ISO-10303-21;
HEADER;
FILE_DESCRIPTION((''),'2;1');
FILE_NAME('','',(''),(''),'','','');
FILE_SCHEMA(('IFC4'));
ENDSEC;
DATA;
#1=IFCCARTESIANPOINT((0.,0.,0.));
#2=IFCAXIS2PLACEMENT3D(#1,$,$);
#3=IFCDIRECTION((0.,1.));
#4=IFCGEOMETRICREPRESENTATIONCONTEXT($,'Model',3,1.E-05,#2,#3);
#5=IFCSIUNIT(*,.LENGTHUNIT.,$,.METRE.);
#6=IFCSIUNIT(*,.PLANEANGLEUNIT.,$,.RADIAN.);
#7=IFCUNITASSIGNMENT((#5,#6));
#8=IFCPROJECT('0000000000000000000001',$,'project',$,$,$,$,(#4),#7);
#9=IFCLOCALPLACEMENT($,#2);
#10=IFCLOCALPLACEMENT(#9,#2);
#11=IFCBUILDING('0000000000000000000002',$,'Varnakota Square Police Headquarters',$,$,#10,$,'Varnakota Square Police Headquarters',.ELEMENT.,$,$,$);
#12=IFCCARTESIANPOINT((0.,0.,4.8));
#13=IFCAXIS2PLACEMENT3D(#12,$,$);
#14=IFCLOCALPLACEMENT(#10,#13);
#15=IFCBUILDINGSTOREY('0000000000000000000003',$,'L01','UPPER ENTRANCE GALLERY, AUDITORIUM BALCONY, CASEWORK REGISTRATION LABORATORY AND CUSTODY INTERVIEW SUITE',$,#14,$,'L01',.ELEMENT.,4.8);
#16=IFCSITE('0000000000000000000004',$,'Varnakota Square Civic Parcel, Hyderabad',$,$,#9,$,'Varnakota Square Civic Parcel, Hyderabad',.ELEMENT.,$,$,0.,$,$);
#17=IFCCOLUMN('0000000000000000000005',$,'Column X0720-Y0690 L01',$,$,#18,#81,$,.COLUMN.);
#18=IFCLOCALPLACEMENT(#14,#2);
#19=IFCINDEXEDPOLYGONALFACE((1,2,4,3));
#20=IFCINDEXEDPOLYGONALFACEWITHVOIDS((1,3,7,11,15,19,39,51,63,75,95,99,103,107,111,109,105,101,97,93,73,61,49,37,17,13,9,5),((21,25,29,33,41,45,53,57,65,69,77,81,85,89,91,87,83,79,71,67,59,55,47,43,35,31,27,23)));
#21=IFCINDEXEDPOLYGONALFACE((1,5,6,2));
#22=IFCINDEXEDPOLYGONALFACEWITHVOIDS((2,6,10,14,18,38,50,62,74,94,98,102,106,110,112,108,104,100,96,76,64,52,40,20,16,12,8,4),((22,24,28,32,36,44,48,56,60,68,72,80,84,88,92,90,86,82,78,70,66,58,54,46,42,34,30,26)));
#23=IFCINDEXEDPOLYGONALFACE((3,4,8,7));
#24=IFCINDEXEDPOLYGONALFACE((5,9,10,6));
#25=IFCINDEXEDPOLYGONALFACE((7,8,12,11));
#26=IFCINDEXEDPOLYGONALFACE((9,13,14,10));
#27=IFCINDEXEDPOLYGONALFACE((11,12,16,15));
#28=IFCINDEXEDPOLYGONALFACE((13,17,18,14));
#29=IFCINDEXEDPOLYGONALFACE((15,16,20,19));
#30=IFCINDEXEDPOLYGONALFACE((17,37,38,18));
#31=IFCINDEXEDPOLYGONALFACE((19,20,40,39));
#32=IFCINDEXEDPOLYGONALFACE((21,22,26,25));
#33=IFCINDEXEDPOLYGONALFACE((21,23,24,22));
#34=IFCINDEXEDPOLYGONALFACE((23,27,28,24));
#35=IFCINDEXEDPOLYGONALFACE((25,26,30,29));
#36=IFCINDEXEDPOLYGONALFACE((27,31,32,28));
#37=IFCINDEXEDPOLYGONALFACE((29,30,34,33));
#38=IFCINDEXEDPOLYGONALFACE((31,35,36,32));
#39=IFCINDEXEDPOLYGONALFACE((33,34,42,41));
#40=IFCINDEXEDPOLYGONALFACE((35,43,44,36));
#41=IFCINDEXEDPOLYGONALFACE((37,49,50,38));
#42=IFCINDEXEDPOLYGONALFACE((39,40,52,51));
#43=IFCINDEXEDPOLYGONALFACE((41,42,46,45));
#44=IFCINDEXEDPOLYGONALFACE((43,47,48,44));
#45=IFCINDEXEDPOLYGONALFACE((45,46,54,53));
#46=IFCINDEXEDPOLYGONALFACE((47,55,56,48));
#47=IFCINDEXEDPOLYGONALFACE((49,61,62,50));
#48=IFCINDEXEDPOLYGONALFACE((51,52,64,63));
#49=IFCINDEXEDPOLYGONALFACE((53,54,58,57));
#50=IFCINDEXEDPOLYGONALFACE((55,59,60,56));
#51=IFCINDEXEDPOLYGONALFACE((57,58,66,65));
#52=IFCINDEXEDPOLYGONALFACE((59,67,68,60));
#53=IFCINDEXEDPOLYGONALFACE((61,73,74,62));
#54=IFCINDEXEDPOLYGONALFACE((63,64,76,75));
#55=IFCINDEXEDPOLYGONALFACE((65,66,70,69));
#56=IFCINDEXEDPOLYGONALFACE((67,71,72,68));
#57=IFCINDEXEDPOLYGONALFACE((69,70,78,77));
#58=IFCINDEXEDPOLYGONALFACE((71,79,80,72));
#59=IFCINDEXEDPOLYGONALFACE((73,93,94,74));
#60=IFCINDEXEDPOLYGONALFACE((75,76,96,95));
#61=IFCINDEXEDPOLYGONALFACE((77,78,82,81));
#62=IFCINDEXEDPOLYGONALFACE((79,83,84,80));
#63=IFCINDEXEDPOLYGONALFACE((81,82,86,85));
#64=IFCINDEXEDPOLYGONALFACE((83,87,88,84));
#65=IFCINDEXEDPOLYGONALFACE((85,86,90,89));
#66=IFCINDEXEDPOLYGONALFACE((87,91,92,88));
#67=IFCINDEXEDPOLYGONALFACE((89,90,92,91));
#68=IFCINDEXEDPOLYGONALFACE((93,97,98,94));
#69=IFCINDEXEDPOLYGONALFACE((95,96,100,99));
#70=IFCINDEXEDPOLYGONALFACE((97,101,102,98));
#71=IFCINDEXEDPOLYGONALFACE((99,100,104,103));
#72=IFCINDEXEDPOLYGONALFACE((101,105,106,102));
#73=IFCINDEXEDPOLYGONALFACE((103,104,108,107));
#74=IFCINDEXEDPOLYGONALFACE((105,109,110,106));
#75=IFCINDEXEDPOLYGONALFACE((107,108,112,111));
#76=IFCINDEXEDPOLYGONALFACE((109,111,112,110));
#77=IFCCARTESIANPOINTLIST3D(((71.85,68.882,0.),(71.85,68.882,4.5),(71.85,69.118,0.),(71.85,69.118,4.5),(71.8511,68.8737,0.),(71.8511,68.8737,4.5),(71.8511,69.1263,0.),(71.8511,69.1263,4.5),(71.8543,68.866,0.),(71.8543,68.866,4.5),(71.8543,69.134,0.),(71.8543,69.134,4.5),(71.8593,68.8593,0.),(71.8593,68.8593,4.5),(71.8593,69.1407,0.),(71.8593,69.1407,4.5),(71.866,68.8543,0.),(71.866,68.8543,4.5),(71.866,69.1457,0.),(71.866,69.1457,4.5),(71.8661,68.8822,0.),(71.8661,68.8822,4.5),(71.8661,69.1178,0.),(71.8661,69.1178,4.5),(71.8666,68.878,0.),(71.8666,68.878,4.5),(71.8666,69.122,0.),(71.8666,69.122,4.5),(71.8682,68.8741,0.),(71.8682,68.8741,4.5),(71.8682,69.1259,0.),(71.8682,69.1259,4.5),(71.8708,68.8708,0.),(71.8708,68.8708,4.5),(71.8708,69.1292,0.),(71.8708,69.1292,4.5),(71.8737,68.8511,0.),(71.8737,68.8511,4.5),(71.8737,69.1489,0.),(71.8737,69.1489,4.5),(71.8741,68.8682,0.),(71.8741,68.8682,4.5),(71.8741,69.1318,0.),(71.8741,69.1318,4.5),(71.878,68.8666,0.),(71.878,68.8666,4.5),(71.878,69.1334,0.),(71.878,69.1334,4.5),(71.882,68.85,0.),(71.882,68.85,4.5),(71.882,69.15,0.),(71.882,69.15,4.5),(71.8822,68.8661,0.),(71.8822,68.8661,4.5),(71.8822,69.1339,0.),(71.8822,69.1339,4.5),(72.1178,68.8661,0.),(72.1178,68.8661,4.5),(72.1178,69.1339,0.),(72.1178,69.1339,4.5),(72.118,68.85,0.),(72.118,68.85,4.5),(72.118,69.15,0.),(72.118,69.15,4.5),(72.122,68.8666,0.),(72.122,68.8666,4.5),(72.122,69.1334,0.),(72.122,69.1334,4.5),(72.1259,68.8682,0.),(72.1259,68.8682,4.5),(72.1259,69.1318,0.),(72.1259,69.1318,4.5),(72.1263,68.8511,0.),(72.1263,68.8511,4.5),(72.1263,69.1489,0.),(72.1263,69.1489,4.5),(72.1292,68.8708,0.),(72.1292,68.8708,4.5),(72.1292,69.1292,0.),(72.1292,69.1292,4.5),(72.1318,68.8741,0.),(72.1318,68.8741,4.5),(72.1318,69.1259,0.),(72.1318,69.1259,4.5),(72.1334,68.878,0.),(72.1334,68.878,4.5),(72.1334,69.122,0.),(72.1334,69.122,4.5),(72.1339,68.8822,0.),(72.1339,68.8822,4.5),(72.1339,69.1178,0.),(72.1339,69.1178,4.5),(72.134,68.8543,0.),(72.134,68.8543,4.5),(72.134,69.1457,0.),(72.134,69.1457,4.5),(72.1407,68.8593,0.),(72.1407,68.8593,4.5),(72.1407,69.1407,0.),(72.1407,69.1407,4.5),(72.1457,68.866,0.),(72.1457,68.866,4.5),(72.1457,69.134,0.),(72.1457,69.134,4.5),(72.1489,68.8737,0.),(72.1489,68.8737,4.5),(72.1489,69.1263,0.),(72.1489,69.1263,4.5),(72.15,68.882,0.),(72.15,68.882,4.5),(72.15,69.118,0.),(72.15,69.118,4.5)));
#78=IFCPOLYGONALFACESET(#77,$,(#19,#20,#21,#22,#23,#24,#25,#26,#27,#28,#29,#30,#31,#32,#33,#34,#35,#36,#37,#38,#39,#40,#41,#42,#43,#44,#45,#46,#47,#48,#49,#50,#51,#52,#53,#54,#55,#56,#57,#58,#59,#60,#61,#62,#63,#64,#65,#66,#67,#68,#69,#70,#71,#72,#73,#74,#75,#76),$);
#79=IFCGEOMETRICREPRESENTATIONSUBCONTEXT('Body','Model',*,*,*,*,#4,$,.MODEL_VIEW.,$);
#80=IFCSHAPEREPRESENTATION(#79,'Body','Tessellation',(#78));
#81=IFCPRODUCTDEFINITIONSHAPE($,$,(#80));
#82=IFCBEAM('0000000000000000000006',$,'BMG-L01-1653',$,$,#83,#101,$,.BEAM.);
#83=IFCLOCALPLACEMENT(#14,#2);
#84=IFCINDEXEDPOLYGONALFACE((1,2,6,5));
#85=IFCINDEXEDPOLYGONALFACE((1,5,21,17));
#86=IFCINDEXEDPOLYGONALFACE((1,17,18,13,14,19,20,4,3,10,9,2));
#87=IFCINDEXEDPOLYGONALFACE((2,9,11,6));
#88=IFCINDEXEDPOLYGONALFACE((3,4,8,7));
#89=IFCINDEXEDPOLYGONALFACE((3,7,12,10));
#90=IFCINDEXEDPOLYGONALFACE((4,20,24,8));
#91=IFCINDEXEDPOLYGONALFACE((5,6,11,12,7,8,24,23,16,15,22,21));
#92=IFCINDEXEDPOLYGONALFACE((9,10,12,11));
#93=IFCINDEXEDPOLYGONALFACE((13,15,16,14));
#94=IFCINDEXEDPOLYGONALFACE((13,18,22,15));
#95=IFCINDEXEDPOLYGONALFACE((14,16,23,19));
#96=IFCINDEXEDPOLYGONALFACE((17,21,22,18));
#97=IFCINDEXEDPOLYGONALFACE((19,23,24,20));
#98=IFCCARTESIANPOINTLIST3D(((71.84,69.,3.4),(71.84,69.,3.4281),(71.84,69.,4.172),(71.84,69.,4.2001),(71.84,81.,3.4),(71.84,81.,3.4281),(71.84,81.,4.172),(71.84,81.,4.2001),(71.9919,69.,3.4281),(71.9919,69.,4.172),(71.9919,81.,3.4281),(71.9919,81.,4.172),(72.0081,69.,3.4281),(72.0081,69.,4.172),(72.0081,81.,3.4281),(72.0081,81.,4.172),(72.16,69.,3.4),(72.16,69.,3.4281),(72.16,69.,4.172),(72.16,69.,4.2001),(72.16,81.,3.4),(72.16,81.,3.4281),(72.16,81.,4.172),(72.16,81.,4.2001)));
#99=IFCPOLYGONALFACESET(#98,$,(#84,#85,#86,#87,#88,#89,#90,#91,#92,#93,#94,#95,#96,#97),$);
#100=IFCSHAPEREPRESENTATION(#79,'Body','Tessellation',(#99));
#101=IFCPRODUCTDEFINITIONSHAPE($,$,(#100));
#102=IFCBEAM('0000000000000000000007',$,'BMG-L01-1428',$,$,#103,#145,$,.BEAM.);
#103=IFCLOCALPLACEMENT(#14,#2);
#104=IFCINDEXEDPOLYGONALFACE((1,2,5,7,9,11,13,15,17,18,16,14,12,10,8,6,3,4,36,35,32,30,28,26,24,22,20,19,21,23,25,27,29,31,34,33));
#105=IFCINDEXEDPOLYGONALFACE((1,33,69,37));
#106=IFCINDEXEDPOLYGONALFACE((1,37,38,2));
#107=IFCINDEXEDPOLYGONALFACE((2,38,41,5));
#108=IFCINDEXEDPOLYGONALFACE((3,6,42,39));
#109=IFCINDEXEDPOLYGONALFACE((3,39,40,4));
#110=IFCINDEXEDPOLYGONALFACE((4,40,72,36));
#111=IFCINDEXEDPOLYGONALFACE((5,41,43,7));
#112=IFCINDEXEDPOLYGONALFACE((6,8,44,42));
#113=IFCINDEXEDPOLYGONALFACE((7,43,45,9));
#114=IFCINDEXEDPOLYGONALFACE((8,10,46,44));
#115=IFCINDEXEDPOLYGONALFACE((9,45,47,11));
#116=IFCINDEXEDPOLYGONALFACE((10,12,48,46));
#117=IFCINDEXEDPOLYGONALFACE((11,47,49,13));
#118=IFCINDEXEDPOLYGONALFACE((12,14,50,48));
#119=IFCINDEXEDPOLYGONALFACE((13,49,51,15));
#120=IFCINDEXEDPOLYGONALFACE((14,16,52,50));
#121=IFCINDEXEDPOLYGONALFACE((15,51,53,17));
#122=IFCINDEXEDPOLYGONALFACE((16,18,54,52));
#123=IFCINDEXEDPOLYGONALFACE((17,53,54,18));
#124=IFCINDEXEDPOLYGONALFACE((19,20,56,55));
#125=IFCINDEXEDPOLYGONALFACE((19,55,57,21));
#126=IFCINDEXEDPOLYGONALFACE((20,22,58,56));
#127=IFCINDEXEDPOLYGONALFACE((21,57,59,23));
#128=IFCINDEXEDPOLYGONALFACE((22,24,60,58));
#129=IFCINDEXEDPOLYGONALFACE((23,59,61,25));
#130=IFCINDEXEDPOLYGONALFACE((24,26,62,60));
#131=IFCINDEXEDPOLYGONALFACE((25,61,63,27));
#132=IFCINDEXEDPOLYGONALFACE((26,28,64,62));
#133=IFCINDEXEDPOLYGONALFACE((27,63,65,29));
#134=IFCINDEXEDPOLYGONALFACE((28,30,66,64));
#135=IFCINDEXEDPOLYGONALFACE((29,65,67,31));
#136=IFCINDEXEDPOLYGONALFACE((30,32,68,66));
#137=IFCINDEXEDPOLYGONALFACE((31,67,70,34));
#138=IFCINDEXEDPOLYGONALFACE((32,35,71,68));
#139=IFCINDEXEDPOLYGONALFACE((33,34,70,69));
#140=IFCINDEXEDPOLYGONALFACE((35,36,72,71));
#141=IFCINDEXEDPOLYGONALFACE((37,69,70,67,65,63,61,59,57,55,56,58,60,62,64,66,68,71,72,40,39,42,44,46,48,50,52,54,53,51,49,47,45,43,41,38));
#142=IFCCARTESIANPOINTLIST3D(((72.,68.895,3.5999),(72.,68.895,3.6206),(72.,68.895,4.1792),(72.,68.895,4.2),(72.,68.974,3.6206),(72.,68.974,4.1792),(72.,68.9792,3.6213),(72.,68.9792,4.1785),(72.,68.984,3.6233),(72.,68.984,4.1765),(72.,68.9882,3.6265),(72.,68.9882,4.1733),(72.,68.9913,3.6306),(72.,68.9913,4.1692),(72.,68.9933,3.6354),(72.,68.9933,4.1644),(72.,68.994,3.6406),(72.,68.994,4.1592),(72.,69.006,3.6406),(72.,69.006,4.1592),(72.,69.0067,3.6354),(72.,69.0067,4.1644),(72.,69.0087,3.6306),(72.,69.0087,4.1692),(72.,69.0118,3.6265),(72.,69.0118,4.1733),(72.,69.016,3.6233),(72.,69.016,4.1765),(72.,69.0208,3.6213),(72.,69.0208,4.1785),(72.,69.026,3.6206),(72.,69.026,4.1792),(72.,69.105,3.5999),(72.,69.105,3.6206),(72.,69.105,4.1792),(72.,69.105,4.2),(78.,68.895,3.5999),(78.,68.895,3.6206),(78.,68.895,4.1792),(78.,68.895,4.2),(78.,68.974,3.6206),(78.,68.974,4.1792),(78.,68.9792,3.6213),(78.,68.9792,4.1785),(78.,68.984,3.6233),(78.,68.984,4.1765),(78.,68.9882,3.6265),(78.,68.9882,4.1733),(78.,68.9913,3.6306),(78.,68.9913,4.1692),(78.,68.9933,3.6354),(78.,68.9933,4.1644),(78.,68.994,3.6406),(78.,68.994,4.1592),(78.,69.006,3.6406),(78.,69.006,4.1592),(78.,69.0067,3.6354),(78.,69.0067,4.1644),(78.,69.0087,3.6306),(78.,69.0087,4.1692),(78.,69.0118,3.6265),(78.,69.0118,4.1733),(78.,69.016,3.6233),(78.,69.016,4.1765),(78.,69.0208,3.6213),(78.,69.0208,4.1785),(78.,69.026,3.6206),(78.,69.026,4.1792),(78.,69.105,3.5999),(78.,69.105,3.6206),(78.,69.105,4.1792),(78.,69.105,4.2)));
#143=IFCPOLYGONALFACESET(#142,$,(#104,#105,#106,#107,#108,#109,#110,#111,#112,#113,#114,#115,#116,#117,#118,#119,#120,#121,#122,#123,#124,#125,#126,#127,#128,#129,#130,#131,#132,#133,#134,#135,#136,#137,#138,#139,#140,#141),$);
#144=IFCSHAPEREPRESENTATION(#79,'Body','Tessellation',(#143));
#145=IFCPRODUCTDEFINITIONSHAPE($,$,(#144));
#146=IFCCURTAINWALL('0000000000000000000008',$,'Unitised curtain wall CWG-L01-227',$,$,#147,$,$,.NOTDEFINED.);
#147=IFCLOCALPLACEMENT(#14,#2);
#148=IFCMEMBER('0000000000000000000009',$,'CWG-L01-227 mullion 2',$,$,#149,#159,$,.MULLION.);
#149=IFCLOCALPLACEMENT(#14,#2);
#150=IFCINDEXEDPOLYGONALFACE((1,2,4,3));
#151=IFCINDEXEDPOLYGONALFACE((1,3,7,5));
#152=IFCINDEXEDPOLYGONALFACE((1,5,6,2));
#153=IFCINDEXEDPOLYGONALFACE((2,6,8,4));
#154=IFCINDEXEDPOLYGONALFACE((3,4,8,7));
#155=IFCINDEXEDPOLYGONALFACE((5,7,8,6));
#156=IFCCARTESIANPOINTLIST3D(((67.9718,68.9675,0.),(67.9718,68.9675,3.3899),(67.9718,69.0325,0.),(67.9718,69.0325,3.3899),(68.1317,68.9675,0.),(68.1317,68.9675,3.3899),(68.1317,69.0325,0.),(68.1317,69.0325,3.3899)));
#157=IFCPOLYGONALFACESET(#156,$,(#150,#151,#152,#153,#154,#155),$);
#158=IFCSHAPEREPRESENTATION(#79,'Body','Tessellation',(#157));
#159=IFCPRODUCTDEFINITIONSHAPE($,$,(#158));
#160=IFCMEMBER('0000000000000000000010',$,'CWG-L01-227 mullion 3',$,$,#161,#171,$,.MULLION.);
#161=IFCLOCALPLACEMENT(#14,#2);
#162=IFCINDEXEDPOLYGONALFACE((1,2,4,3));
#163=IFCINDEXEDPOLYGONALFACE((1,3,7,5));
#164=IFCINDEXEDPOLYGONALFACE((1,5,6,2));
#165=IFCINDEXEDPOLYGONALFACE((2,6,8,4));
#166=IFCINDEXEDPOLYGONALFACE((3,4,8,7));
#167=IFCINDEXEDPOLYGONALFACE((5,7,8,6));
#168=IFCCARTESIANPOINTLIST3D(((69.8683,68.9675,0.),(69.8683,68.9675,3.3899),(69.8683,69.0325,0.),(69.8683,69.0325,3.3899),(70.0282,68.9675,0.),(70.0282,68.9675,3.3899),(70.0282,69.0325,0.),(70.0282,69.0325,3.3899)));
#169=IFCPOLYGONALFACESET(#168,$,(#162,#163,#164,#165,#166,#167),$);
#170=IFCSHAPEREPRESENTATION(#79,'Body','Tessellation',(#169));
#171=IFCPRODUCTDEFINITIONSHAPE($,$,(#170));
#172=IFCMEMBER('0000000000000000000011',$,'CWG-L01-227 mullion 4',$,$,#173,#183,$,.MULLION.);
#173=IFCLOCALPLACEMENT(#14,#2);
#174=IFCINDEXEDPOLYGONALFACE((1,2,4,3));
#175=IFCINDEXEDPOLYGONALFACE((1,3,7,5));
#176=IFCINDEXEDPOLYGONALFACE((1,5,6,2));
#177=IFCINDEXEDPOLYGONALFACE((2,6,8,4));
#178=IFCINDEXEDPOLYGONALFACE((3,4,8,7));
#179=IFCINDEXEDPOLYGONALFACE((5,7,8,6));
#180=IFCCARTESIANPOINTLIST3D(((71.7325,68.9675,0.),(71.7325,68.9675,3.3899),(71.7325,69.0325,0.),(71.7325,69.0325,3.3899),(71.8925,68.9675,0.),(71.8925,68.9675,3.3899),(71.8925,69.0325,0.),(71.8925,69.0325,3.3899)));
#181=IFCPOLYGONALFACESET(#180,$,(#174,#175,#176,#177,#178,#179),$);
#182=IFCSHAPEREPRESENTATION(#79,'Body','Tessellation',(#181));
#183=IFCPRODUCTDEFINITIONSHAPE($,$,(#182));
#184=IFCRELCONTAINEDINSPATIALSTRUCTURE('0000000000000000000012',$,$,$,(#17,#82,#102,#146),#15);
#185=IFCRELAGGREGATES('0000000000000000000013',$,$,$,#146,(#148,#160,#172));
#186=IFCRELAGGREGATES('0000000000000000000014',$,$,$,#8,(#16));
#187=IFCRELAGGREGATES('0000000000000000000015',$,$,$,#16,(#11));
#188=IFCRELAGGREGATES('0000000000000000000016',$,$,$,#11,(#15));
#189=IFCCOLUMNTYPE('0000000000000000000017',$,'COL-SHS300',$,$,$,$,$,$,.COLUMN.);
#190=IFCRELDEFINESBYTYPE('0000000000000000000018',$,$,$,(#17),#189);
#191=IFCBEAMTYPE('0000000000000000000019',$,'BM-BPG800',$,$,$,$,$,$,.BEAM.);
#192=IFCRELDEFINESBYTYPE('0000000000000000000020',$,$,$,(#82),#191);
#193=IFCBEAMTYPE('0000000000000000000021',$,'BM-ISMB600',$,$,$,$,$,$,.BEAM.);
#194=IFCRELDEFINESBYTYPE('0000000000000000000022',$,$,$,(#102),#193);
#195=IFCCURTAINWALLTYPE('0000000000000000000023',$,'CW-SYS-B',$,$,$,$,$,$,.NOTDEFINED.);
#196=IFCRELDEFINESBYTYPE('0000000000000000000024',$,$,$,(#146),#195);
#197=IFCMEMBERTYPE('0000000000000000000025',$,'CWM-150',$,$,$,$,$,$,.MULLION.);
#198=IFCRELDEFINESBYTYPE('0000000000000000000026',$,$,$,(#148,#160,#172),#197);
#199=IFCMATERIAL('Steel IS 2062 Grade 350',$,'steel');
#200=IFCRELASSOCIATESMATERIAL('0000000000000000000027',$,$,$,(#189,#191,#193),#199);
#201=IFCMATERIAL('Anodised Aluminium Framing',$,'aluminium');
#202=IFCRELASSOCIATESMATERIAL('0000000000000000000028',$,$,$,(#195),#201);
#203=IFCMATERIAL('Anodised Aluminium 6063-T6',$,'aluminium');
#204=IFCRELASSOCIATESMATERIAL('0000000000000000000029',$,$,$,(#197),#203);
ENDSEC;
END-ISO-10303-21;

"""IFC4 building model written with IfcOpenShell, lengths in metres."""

from ifc_helpers import new_model, si_unit, direction, frame, origin, origin_2d, place, context, subcontext, project, spatial, rectangle, hollow_rectangle, i_section, extrude, material, material_profile, profile_set, type_object, element, aggregate, save


model = new_model("IFC4")

# Units and contexts
model_context = context("Model", 3, precision=1e-05, world=origin(), true_north=direction((0.0, 1.0)))
body_context = subcontext(model_context, "Body", "Model", "MODEL_VIEW")
ifc_project = project(units=[si_unit("LENGTHUNIT", "METRE"), si_unit("PLANEANGLEUNIT", "RADIAN")], contexts=[model_context])

# Site, building, storey
site_placement = place(None, origin())
site = spatial("IfcSite", under=ifc_project, at=site_placement, Name="Varnakota Square Civic Parcel, Hyderabad", LongName="Varnakota Square Civic Parcel, Hyderabad", CompositionType="ELEMENT", RefElevation=0.0)
building_placement = place(site_placement, origin())
building = spatial("IfcBuilding", under=site, at=building_placement, Name="Varnakota Square Police Headquarters", LongName="Varnakota Square Police Headquarters", CompositionType="ELEMENT")
storey_placement = place(building_placement, frame((0.0, 0.0, 4.8)))
storey = spatial("IfcBuildingStorey", under=building, at=storey_placement, Name="L01", Description="UPPER ENTRANCE GALLERY, AUDITORIUM BALCONY, CASEWORK REGISTRATION LABORATORY AND CUSTODY INTERVIEW SUITE", LongName="L01", CompositionType="ELEMENT", Elevation=4.8)

# Column
ifc_material_1 = material(Name="Steel IS 2062 Grade 350", Category="steel")
ifc_material_profile_1 = material_profile(ifc_material_1, hollow_rectangle(XDim=0.3, YDim=0.3, WallThickness=0.0161, InnerFilletRadius=0.0161, OuterFilletRadius=0.032, at=origin_2d()), Name="SHS 300x300x16")
ifc_profile_set_1 = profile_set([ifc_material_profile_1], Name="Steel IS 2062 Grade 350")
column_type = type_object("IfcColumnType", Name="COL-SHS300", PredefinedType="COLUMN", material=ifc_profile_set_1)
column_placement = place(storey_placement, frame((72.0, 69.0, 0.0), z_axis=(0.0, 0.0, 1.0), x_axis=(1.0, 0.0, 0.0)))
element("IfcColumn", 1, at=column_placement, inside=storey, type_object=column_type, Name="Column X0720-Y0690 L01", PredefinedType="COLUMN", context=body_context, shape_type="SweptSolid", body=[
    extrude(hollow_rectangle(XDim=0.3, YDim=0.3, WallThickness=0.0161, InnerFilletRadius=0.0161, OuterFilletRadius=0.032, at=origin_2d()), origin(), (0.0, 0.0, 1.0), 4.5),
])

# Beams
ifc_material_profile_2 = material_profile(ifc_material_1, i_section(OverallWidth=0.3201, OverallDepth=0.8, WebThickness=0.0161, FlangeThickness=0.0281, at=origin_2d()), Name="BPG 800x320")
ifc_profile_set_2 = profile_set([ifc_material_profile_2], Name="Steel IS 2062 Grade 350")
beam_type_1 = type_object("IfcBeamType", Name="BM-BPG800", PredefinedType="BEAM", material=ifc_profile_set_2)
beam_1_placement = place(storey_placement, frame((72.0, 69.0, 3.8), z_axis=(0.0, 1.0, 0.0), x_axis=(-1.0, 0.0, 0.0)))
element("IfcBeam", 2, at=beam_1_placement, inside=storey, type_object=beam_type_1, Name="BMG-L01-1653", PredefinedType="BEAM", context=body_context, shape_type="SweptSolid", body=[
    extrude(i_section(OverallWidth=0.3201, OverallDepth=0.8, WebThickness=0.0161, FlangeThickness=0.0281, at=origin_2d()), origin(), (0.0, 0.0, 1.0), 12.0),
])
ifc_material_profile_3 = material_profile(ifc_material_1, i_section(OverallWidth=0.21, OverallDepth=0.6001, WebThickness=0.012, FlangeThickness=0.0208, FilletRadius=0.02, at=origin_2d()), Name="ISMB 600")
ifc_profile_set_3 = profile_set([ifc_material_profile_3], Name="Steel IS 2062 Grade 350")
beam_type_2 = type_object("IfcBeamType", Name="BM-ISMB600", PredefinedType="BEAM", material=ifc_profile_set_3)
beam_2_placement = place(storey_placement, frame((72.0, 69.0, 3.8999), z_axis=(1.0, 0.0, 0.0), x_axis=(0.0, 1.0, 0.0)))
element("IfcBeam", 3, at=beam_2_placement, inside=storey, type_object=beam_type_2, Name="BMG-L01-1428", PredefinedType="BEAM", context=body_context, shape_type="SweptSolid", body=[
    extrude(i_section(OverallWidth=0.21, OverallDepth=0.6001, WebThickness=0.012, FlangeThickness=0.0208, FilletRadius=0.02, at=origin_2d()), origin(), (0.0, 0.0, 1.0), 6.0),
])

# Curtain wall, members
ifc_material_2 = material(Name="Anodised Aluminium Framing", Category="aluminium")
curtain_wall_type = type_object("IfcCurtainWallType", Name="CW-SYS-B", PredefinedType="NOTDEFINED", material=ifc_material_2)
curtain_wall_placement = place(storey_placement, origin())
curtain_wall = element("IfcCurtainWall", 4, at=curtain_wall_placement, inside=storey, type_object=curtain_wall_type, Name="Unitised curtain wall CWG-L01-227", PredefinedType="NOTDEFINED")
ifc_material_3 = material(Name="Anodised Aluminium 6063-T6", Category="aluminium")
ifc_material_profile_4 = material_profile(ifc_material_3, rectangle(XDim=0.0649, YDim=0.1599, at=origin_2d()), Name="ALU MULLION 65x160")
ifc_profile_set_4 = profile_set([ifc_material_profile_4], Name="Anodised Aluminium 6063-T6")
member_type_1 = type_object("IfcMemberType", Name="CWM-150", PredefinedType="MULLION", material=ifc_profile_set_4)
member_1_placement = place(storey_placement, frame((68.0518, 69.0, 0.0), z_axis=(0.0, 0.0, 1.0), x_axis=(0.0, 1.0, 0.0)))
member_1 = element("IfcMember", 5, at=member_1_placement, type_object=member_type_1, Name="CWG-L01-227 mullion 2", PredefinedType="MULLION", context=body_context, shape_type="SweptSolid", body=[
    extrude(rectangle(XDim=0.0649, YDim=0.1599, at=origin_2d()), origin(), (0.0, 0.0, 1.0), 3.3899),
])
member_2_placement = place(storey_placement, frame((69.9482, 69.0, 0.0), z_axis=(0.0, 0.0, 1.0), x_axis=(0.0, 1.0, 0.0)))
member_2 = element("IfcMember", 6, at=member_2_placement, type_object=member_type_1, Name="CWG-L01-227 mullion 3", PredefinedType="MULLION", context=body_context, shape_type="SweptSolid", body=[
    extrude(rectangle(XDim=0.0649, YDim=0.1599, at=origin_2d()), origin(), (0.0, 0.0, 1.0), 3.3899),
])
member_3_placement = place(storey_placement, frame((71.8125, 69.0, 0.0), z_axis=(0.0, 0.0, 1.0), x_axis=(0.0, 1.0, 0.0)))
member_3 = element("IfcMember", 7, at=member_3_placement, type_object=member_type_1, Name="CWG-L01-227 mullion 4", PredefinedType="MULLION", context=body_context, shape_type="SweptSolid", body=[
    extrude(rectangle(XDim=0.0649, YDim=0.1599, at=origin_2d()), origin(), (0.0, 0.0, 1.0), 3.3899),
])
aggregate(curtain_wall, [member_1, member_2, member_3])

save(model, "model.ifc")
